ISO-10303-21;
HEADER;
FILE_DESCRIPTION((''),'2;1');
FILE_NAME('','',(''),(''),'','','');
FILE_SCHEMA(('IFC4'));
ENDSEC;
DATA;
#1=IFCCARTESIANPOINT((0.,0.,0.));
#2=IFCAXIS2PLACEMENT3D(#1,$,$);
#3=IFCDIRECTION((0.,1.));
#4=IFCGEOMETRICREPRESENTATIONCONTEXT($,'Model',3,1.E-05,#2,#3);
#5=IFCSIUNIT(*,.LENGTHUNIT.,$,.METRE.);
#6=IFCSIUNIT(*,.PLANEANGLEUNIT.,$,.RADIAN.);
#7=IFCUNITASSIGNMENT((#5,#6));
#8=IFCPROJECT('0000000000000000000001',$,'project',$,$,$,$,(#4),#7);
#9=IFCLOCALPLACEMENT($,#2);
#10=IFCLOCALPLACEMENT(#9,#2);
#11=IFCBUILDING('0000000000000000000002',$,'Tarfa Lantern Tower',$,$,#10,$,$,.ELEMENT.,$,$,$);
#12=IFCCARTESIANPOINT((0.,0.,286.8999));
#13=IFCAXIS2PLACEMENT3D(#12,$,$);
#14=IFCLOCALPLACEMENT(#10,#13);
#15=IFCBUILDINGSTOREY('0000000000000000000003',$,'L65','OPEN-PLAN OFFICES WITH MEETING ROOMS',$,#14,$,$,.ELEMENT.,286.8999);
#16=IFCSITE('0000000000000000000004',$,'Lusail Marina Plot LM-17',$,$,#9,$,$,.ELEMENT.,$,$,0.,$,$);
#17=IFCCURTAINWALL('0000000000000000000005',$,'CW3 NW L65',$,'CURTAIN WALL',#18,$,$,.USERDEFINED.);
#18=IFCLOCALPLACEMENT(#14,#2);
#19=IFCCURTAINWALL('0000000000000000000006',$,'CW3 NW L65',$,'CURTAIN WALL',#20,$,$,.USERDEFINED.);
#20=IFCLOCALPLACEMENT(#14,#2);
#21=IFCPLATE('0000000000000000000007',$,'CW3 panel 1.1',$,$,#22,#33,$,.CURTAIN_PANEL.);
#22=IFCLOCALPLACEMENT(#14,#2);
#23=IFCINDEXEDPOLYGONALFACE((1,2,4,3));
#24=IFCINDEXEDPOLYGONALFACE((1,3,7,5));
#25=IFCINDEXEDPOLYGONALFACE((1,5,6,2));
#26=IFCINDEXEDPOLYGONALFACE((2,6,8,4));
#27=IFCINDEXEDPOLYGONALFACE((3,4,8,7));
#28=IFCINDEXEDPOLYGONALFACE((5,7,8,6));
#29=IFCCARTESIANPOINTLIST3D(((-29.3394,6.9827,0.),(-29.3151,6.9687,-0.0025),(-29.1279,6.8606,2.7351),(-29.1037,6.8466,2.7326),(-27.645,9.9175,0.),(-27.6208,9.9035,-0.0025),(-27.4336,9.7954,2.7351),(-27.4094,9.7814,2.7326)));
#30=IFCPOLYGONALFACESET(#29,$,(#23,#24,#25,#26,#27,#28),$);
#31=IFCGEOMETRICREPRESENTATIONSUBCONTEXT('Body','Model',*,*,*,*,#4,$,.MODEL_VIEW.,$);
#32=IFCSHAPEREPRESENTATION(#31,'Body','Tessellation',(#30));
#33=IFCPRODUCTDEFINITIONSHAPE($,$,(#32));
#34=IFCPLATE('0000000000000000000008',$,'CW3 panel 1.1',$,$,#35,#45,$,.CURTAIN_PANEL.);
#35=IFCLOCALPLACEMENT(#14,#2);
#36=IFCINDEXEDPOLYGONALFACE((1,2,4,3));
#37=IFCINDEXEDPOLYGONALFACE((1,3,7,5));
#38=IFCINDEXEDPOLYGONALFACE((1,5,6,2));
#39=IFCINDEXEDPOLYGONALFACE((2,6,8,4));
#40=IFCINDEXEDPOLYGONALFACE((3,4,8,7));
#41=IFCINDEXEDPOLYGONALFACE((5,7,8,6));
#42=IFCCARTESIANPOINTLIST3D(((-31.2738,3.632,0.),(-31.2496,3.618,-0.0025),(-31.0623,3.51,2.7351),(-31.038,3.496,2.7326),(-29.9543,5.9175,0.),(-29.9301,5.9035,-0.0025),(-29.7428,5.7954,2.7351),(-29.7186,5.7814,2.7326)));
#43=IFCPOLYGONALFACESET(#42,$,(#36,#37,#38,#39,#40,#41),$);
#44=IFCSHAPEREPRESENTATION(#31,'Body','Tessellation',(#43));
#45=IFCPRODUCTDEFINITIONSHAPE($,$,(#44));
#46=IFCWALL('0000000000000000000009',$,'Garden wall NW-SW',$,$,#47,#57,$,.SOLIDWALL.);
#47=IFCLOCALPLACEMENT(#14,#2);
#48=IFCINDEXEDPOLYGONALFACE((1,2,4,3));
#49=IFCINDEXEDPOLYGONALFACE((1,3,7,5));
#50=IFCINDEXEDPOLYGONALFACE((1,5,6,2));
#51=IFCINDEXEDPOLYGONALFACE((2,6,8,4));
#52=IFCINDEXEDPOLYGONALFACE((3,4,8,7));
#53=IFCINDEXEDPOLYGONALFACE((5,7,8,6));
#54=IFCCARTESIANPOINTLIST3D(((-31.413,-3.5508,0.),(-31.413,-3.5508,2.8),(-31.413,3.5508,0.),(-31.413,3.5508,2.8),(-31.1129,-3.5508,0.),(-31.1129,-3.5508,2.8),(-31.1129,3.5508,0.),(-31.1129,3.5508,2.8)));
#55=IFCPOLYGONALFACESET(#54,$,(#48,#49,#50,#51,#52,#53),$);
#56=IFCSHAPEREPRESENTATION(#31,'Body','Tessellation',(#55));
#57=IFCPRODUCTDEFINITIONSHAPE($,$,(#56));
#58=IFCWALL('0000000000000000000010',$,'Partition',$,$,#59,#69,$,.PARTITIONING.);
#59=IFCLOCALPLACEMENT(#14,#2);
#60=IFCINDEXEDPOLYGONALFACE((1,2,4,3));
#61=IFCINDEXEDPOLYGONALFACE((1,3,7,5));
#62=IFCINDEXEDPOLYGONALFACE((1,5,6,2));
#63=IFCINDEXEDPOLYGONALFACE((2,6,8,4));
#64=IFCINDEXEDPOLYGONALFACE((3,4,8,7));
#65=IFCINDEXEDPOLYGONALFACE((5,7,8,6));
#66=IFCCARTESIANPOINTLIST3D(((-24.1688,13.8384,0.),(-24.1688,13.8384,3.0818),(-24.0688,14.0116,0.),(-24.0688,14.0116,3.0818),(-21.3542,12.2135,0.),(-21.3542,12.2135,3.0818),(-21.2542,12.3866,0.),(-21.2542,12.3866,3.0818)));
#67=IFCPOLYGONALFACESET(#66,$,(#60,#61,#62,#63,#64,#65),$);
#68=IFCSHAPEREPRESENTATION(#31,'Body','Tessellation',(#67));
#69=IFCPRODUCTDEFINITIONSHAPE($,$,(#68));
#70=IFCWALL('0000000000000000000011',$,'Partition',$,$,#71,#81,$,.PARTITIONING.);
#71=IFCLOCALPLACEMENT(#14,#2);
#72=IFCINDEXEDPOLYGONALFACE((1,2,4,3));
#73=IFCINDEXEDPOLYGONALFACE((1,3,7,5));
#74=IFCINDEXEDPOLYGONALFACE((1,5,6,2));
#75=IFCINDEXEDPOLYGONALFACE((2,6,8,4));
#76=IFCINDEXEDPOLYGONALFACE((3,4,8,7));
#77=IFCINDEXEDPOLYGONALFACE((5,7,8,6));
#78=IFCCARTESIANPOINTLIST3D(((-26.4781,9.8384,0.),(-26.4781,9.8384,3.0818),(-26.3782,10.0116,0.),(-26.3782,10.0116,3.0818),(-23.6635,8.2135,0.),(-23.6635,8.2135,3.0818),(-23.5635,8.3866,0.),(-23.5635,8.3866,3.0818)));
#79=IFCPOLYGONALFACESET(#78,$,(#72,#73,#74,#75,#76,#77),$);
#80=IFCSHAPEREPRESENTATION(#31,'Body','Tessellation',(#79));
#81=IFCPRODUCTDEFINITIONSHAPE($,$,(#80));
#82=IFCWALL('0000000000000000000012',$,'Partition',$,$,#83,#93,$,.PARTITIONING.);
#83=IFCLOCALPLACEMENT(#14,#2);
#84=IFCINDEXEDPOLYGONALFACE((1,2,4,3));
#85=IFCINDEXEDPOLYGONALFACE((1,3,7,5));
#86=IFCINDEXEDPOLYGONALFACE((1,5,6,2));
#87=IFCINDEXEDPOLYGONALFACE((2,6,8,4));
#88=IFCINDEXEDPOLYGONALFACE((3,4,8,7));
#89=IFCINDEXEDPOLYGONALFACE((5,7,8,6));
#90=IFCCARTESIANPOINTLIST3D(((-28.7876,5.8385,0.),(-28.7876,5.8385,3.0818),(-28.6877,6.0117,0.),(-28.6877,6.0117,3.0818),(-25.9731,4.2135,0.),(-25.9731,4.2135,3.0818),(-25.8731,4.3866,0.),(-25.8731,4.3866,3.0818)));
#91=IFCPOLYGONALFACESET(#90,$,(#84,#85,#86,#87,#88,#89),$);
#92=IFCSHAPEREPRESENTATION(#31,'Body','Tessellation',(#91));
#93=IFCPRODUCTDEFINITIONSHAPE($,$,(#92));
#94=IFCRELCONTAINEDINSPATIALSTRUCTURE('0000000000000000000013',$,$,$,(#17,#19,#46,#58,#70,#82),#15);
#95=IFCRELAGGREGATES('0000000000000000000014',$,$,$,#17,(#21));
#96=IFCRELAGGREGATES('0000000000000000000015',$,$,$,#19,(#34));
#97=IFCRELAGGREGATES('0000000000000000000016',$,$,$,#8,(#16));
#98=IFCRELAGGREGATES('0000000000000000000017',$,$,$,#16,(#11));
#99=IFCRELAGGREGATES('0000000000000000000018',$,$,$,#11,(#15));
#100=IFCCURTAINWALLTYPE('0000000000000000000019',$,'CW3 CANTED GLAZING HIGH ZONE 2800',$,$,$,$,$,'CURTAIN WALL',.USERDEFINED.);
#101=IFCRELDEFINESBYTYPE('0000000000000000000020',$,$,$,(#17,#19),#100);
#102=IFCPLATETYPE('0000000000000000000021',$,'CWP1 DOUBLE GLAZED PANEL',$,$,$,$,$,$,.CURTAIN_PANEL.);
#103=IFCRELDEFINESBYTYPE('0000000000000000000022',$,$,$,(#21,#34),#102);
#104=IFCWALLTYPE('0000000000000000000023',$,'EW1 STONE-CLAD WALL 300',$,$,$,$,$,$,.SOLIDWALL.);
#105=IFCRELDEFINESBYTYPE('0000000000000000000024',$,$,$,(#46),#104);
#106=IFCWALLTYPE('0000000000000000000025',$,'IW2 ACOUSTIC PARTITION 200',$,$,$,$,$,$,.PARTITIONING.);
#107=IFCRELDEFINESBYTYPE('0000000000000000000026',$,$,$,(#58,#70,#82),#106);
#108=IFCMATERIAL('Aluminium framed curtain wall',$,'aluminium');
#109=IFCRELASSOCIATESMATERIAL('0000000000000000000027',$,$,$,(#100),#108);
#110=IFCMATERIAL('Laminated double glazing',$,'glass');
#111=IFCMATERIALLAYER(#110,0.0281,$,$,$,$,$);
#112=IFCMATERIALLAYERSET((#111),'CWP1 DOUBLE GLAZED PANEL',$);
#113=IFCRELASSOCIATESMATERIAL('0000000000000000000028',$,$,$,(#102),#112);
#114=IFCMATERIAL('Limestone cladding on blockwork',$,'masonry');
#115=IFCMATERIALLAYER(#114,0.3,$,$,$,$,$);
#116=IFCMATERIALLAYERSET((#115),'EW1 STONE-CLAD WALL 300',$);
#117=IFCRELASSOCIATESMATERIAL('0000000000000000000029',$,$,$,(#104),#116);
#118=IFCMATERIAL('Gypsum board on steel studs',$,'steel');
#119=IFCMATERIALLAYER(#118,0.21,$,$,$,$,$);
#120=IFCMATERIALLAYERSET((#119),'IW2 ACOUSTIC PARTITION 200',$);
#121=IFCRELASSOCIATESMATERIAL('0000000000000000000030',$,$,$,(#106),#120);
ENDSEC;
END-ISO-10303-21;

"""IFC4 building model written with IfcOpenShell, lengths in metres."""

from ifc_helpers import new_model, si_unit, direction, frame, frame_2d, origin, place, context, subcontext, project, spatial, polyline, rectangle, outline, extrude, material, layer, layer_set, type_object, element, aggregate, save


model = new_model("IFC4")

# Units and contexts
model_context = context("Model", 3, precision=1e-05, world=origin(), true_north=direction((0.0, 1.0)))
body_context = subcontext(model_context, "Body", "Model", "MODEL_VIEW")
ifc_project = project(units=[si_unit("LENGTHUNIT", "METRE"), si_unit("PLANEANGLEUNIT", "RADIAN")], contexts=[model_context])

# Site, building, storey
site_placement = place(None, origin())
site = spatial("IfcSite", under=ifc_project, at=site_placement, Name="Lusail Marina Plot LM-17", CompositionType="ELEMENT", RefElevation=0.0)
building_placement = place(site_placement, origin())
building = spatial("IfcBuilding", under=site, at=building_placement, Name="Tarfa Lantern Tower", CompositionType="ELEMENT")
storey_placement = place(building_placement, frame((0.0, 0.0, 286.8999)))
storey = spatial("IfcBuildingStorey", under=building, at=storey_placement, Name="L65", Description="OPEN-PLAN OFFICES WITH MEETING ROOMS", CompositionType="ELEMENT", Elevation=286.8999)

# Shared definitions
ifc_material_1 = material(Name="Aluminium framed curtain wall", Category="aluminium")
curtain_wall_type = type_object("IfcCurtainWallType", Name="CW3 CANTED GLAZING HIGH ZONE 2800", ElementType="CURTAIN WALL", PredefinedType="USERDEFINED", material=ifc_material_1)

# Curtain walls
curtain_wall_1_placement = place(storey_placement, origin())
curtain_wall_1 = element("IfcCurtainWall", 1, at=curtain_wall_1_placement, inside=storey, type_object=curtain_wall_type, Name="CW3 NW L65", ObjectType="CURTAIN WALL", PredefinedType="USERDEFINED")
curtain_wall_2_placement = place(storey_placement, origin())
curtain_wall_2 = element("IfcCurtainWall", 2, at=curtain_wall_2_placement, inside=storey, type_object=curtain_wall_type, Name="CW3 NW L65", ObjectType="CURTAIN WALL", PredefinedType="USERDEFINED")

# Plates
ifc_material_2 = material(Name="Laminated double glazing", Category="glass")
ifc_layer_1 = layer(ifc_material_2, 0.0281)
ifc_layer_set_1 = layer_set([ifc_layer_1], Name="CWP1 DOUBLE GLAZED PANEL")
plate_type = type_object("IfcPlateType", Name="CWP1 DOUBLE GLAZED PANEL", PredefinedType="CURTAIN_PANEL", material=ifc_layer_set_1)
plate_1_placement = place(storey_placement, frame((-27.645, 9.9175, 0.0), z_axis=(-0.862606, 0.498002, 0.088906), x_axis=(-0.499982, -0.866036, 0.0)))
plate_1 = element("IfcPlate", 3, at=plate_1_placement, type_object=plate_type, Name="CW3 panel 1.1", PredefinedType="CURTAIN_PANEL", context=body_context, shape_type="SweptSolid", body=[
    extrude(outline(polyline([(0.0, 0.0), (3.3888, 0.0), (3.3888, 2.746), (0.0, 2.746), (0.0, 0.0)])), origin(), (0.0, 0.0, -1.0), 0.0281),
])
aggregate(curtain_wall_1, [plate_1])
plate_2_placement = place(storey_placement, frame((-29.9543, 5.9175, 0.0), z_axis=(-0.862596, 0.498013, 0.088945), x_axis=(-0.499995, -0.866028, -0.000004)))
plate_2 = element("IfcPlate", 4, at=plate_2_placement, type_object=plate_type, Name="CW3 panel 1.1", PredefinedType="CURTAIN_PANEL", context=body_context, shape_type="SweptSolid", body=[
    extrude(outline(polyline([(0.0, 0.0), (2.639, 0.0), (2.6389, 2.746), (0.0, 2.746), (0.0, 0.0)])), origin(), (0.0, 0.0, -1.0), 0.0281),
])
aggregate(curtain_wall_2, [plate_2])

# Walls
ifc_material_3 = material(Name="Limestone cladding on blockwork", Category="masonry")
ifc_layer_2 = layer(ifc_material_3, 0.3)
ifc_layer_set_2 = layer_set([ifc_layer_2], Name="EW1 STONE-CLAD WALL 300")
wall_type_1 = type_object("IfcWallType", Name="EW1 STONE-CLAD WALL 300", PredefinedType="SOLIDWALL", material=ifc_layer_set_2)
wall_placement = place(storey_placement, frame((-31.2629, 3.5508, 0.0), z_axis=(0.0, 0.0, 1.0), x_axis=(0.0, -1.0, 0.0)))
element("IfcWall", 5, at=wall_placement, inside=storey, type_object=wall_type_1, Name="Garden wall NW-SW", PredefinedType="SOLIDWALL", context=body_context, shape_type="SweptSolid", body=[
    extrude(rectangle(XDim=7.1016, YDim=0.3, at=frame_2d((3.5508, 0.0))), origin(), (0.0, 0.0, 1.0), 2.8),
])
ifc_material_4 = material(Name="Gypsum board on steel studs", Category="steel")
ifc_layer_3 = layer(ifc_material_4, 0.21)
ifc_layer_set_3 = layer_set([ifc_layer_3], Name="IW2 ACOUSTIC PARTITION 200")
wall_type_2 = type_object("IfcWallType", Name="IW2 ACOUSTIC PARTITION 200", PredefinedType="PARTITIONING", material=ifc_layer_set_3)
for number, where, z_axis, x_axis, name in (
    (6, (-21.3042, 12.3, 0.0), (0.0, 0.0, 1.0), (-0.866034, 0.499985, 0.0), "Partition"),
    (7, (-23.6135, 8.3, 0.0), (0.0, 0.0, 1.0), (-0.866034, 0.499985, 0.0), "Partition"),
    (8, (-25.9231, 4.3, 0.0), (0.0, 0.0, 1.0), (-0.866015, 0.500017, 0.0), "Partition"),
):
    element("IfcWall", number, at=place(storey_placement, frame(where, z_axis=z_axis, x_axis=x_axis)), inside=storey, type_object=wall_type_2, Name=name, PredefinedType="PARTITIONING", context=body_context, shape_type="SweptSolid", body=[
        extrude(rectangle(XDim=3.25, YDim=0.2, at=frame_2d((1.625, 0.0))), origin(), (0.0, 0.0, 1.0), 3.0818),
    ])

save(model, "model.ifc")
